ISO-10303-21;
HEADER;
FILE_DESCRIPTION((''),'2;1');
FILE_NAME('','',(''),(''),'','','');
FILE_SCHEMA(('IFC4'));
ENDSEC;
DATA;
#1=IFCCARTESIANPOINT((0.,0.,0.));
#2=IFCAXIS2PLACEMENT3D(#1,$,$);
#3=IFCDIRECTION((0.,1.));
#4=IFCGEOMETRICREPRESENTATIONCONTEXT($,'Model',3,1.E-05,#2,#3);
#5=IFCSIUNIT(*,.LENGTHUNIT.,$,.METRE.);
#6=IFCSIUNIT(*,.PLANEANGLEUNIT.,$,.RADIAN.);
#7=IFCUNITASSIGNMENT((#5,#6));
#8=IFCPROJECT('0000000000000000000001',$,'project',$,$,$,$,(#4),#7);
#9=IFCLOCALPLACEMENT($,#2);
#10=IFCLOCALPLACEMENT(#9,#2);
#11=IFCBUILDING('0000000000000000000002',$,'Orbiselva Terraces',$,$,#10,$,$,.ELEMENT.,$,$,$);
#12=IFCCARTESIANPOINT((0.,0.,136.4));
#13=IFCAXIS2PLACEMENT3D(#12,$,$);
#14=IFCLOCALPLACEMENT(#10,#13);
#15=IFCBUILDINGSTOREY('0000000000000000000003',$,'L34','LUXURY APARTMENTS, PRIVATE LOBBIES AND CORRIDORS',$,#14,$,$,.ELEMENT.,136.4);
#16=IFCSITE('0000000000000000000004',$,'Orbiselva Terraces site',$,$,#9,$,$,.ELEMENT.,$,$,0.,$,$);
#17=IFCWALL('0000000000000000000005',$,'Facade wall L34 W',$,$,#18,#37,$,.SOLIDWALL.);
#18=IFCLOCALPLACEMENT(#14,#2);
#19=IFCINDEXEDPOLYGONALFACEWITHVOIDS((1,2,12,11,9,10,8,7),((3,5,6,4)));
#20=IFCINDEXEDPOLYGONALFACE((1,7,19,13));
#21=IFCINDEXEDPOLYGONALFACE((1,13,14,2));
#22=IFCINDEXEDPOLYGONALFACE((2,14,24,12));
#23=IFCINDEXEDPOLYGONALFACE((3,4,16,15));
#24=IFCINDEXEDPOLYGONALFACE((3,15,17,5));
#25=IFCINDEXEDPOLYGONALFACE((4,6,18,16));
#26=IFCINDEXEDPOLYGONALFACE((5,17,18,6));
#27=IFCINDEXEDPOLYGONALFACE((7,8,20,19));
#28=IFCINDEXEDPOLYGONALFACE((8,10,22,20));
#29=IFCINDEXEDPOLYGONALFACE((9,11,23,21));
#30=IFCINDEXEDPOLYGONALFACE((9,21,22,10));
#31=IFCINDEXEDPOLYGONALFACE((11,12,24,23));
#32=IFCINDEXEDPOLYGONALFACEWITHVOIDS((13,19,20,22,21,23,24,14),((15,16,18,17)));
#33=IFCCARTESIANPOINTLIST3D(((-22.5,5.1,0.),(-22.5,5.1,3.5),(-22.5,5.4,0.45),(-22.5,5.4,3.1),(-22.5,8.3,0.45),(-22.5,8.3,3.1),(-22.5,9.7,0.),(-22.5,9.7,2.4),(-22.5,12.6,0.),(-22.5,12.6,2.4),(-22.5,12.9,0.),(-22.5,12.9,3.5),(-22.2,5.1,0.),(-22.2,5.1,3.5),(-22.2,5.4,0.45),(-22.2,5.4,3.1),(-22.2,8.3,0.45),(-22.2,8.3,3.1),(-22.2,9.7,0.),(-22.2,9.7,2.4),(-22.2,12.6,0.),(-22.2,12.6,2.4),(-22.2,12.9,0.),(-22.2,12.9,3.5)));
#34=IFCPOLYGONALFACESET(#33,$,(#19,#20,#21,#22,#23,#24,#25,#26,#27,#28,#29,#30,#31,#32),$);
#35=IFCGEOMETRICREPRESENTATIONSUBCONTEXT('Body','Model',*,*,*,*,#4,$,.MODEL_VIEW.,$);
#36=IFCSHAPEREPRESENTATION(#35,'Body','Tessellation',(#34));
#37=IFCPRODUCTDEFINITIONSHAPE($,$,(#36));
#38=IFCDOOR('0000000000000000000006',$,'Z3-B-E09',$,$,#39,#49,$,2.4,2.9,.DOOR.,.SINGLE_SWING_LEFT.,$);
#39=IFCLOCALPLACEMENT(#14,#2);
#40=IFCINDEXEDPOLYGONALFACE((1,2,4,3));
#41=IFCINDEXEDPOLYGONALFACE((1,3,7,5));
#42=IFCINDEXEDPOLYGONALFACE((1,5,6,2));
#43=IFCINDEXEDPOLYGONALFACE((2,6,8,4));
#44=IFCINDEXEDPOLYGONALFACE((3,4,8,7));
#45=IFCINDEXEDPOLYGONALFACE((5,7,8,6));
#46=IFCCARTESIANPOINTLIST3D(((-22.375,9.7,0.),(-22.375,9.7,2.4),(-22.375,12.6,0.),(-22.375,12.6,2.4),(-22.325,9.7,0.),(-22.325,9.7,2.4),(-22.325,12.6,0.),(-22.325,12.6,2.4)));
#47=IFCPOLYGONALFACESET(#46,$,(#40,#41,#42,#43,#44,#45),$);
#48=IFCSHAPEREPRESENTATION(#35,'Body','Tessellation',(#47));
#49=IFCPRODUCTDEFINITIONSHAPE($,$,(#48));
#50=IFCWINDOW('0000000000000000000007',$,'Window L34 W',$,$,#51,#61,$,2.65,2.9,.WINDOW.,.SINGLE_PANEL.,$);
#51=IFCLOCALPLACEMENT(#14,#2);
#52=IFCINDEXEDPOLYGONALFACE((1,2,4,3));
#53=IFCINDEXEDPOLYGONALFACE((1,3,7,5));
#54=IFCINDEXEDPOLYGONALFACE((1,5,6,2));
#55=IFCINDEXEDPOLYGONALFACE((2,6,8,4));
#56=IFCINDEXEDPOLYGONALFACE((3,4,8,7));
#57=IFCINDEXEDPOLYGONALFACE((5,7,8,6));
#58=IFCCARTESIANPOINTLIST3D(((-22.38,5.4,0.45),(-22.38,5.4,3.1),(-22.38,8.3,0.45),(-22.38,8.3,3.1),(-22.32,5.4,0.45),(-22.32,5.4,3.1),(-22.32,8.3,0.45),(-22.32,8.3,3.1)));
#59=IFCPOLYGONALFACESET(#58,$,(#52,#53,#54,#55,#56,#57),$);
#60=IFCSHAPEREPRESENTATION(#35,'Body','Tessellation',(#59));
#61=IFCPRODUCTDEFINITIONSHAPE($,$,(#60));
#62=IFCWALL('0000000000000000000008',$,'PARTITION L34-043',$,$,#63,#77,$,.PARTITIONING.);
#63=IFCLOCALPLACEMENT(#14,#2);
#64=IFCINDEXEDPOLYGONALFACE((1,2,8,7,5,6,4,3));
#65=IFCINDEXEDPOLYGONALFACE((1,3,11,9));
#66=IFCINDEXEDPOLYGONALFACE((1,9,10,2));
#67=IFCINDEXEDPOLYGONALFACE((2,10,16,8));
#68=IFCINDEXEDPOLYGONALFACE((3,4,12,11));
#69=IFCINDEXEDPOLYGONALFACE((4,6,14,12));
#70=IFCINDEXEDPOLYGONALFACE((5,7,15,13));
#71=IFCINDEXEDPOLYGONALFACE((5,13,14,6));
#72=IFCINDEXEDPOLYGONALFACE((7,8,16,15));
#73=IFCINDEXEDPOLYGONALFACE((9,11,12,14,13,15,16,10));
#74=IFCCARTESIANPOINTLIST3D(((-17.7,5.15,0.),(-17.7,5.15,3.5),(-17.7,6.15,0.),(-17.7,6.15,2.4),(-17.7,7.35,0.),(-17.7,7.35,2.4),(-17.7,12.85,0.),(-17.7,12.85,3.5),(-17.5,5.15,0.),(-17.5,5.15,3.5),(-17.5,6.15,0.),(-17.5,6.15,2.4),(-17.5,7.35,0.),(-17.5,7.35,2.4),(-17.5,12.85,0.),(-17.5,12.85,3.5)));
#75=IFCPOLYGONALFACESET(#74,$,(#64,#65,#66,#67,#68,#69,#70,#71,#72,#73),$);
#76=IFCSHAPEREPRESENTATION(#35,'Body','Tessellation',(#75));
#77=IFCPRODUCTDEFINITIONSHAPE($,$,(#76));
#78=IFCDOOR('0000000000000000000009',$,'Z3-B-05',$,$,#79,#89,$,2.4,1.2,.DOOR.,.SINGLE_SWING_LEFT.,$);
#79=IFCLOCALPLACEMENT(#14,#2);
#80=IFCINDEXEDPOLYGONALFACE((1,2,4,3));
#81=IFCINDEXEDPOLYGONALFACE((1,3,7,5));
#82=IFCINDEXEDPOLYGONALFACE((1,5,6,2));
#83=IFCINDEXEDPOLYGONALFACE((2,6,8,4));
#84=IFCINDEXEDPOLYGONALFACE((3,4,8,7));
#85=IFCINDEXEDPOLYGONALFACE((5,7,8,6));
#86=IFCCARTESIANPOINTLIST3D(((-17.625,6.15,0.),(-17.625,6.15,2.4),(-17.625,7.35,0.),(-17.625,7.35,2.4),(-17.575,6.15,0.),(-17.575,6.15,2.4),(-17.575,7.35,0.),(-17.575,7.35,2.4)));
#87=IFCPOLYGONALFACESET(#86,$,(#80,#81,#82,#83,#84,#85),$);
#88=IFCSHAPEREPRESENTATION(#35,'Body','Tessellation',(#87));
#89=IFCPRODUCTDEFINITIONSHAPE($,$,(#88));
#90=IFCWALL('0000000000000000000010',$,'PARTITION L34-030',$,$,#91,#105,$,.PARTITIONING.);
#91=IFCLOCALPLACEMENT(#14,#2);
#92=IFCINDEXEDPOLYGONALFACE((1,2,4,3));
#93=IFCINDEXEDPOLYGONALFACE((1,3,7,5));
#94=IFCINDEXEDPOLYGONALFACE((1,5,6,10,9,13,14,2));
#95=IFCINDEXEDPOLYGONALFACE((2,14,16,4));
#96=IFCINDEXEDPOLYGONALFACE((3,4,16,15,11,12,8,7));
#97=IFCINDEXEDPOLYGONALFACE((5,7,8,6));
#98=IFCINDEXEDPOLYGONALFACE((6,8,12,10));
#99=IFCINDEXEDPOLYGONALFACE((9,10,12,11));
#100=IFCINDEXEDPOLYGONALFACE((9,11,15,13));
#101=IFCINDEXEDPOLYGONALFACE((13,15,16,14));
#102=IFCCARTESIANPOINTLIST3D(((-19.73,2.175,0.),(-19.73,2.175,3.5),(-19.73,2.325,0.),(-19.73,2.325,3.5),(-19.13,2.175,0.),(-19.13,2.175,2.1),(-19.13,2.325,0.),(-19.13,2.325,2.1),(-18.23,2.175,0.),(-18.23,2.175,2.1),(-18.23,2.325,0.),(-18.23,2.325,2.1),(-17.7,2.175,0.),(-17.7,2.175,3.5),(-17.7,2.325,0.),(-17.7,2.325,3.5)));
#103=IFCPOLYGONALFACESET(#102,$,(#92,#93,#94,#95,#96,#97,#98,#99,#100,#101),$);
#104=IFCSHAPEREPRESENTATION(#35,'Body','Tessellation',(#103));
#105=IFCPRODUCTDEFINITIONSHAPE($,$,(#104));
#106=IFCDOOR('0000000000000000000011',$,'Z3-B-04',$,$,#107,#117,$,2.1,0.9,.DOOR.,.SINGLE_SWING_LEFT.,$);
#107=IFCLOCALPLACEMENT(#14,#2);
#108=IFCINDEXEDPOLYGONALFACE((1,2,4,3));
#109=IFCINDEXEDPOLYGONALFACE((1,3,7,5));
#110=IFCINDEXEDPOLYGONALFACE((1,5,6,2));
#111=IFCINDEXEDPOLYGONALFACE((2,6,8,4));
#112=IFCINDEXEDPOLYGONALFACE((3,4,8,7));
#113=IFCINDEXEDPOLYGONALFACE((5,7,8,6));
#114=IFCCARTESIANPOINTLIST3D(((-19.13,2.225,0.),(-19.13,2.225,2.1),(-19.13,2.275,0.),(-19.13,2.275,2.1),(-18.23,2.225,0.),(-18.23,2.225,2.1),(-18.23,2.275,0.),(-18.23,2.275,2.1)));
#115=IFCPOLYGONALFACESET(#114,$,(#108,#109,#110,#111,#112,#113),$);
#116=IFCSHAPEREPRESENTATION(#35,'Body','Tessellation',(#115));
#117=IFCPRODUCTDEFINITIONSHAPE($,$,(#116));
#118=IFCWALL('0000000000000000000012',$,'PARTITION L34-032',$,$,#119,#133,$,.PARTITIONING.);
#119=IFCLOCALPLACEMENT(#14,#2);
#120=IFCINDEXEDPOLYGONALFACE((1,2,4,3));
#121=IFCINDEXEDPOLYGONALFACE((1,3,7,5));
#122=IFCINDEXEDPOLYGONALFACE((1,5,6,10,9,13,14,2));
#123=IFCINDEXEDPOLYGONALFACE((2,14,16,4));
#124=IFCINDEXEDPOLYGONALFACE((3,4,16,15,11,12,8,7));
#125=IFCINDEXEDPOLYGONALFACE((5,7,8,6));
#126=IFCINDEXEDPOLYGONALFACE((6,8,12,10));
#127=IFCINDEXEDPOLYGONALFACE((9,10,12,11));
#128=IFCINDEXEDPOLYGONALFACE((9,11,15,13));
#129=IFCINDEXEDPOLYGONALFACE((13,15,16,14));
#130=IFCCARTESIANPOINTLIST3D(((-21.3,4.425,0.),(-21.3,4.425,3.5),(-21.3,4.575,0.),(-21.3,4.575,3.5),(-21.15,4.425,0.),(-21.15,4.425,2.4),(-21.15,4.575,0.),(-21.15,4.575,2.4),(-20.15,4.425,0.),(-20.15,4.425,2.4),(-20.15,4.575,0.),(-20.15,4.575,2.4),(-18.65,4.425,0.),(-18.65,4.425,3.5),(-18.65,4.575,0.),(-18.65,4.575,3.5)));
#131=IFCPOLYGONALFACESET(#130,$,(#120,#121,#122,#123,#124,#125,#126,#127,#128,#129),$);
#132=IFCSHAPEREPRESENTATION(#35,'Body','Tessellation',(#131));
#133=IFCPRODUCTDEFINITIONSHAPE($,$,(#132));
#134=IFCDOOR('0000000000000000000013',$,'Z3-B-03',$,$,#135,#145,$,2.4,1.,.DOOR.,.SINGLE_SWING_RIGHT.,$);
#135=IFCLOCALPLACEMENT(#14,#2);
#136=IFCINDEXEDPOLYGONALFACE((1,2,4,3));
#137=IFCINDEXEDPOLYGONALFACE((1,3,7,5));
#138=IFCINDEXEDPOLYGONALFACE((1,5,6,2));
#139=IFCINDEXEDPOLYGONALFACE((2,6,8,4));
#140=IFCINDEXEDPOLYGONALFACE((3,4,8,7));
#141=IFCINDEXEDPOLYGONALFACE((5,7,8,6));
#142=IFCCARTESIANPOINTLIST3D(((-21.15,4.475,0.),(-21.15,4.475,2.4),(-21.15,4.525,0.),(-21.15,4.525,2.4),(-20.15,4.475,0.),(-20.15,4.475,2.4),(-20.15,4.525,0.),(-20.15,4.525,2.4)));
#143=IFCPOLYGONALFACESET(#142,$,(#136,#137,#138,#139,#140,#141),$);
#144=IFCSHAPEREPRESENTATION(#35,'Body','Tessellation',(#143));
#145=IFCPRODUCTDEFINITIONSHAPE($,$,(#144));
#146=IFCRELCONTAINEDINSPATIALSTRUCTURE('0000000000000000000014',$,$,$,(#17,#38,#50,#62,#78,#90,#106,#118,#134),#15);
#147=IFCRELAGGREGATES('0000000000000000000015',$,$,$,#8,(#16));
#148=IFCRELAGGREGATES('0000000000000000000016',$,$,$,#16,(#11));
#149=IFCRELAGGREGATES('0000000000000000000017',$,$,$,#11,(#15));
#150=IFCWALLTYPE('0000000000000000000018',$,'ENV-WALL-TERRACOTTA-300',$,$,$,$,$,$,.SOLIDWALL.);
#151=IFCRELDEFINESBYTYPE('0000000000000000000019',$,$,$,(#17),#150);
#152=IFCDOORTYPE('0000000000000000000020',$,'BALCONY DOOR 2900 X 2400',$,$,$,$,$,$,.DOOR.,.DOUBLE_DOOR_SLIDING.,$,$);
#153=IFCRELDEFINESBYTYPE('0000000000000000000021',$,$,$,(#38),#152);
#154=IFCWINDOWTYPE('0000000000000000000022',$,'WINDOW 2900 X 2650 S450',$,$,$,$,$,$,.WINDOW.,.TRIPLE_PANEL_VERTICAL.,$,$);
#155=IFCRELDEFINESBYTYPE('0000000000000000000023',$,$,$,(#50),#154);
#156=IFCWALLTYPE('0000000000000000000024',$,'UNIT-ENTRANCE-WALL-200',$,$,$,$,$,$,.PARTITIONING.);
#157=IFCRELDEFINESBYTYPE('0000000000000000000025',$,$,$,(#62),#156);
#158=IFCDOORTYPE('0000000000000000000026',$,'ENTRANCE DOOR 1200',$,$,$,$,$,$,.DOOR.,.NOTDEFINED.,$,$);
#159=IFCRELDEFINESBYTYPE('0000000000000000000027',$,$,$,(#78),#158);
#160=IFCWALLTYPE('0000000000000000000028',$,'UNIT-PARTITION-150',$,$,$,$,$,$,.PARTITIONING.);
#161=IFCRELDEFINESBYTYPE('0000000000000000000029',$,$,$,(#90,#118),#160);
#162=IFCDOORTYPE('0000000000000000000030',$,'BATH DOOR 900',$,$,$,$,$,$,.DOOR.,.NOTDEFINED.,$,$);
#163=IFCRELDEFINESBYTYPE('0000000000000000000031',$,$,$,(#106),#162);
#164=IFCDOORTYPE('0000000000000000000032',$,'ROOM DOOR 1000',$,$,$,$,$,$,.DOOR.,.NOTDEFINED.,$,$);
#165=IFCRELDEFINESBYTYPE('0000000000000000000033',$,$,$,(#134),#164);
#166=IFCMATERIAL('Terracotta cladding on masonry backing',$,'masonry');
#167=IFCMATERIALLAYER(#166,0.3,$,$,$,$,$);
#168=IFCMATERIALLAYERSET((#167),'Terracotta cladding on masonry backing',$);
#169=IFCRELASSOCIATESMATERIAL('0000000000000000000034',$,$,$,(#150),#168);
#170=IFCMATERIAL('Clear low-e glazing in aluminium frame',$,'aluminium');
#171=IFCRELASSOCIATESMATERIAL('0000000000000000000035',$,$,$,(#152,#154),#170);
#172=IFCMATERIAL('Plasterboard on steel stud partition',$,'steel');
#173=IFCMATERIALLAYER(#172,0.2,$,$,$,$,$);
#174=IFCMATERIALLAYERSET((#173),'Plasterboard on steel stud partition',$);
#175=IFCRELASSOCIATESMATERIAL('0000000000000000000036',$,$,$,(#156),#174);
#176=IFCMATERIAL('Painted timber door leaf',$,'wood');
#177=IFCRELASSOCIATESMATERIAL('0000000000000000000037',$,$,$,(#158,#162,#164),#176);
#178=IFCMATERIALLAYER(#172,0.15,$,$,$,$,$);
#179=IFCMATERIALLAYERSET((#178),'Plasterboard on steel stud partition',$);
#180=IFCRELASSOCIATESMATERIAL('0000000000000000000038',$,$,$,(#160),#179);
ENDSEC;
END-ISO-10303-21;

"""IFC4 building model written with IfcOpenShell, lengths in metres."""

from ifc_helpers import new_model, si_unit, direction, frame, frame_2d, origin, place, context, subcontext, project, spatial, rectangle, extrude, material, layer, layer_set, type_object, element, fill, save


model = new_model("IFC4")

# Units and contexts
model_context = context("Model", 3, precision=1e-05, world=origin(), true_north=direction((0.0, 1.0)))
body_context = subcontext(model_context, "Body", "Model", "MODEL_VIEW")
ifc_project = project(units=[si_unit("LENGTHUNIT", "METRE"), si_unit("PLANEANGLEUNIT", "RADIAN")], contexts=[model_context])

# Site, building, storey
site_placement = place(None, origin())
site = spatial("IfcSite", under=ifc_project, at=site_placement, Name="Orbiselva Terraces site", CompositionType="ELEMENT", RefElevation=0.0)
building_placement = place(site_placement, origin())
building = spatial("IfcBuilding", under=site, at=building_placement, Name="Orbiselva Terraces", CompositionType="ELEMENT")
storey_placement = place(building_placement, frame((0.0, 0.0, 136.4)))
storey = spatial("IfcBuildingStorey", under=building, at=storey_placement, Name="L34", Description="LUXURY APARTMENTS, PRIVATE LOBBIES AND CORRIDORS", CompositionType="ELEMENT", Elevation=136.4)

# Wall, openings, door, window
ifc_material_1 = material(Name="Terracotta cladding on masonry backing", Category="masonry")
ifc_layer_1 = layer(ifc_material_1, 0.3)
ifc_layer_set_1 = layer_set([ifc_layer_1], Name="Terracotta cladding on masonry backing")
wall_type_1 = type_object("IfcWallType", Name="ENV-WALL-TERRACOTTA-300", PredefinedType="SOLIDWALL", material=ifc_layer_set_1)
wall_1_placement = place(storey_placement, frame((-22.35, 5.1, 0.0), z_axis=(0.0, 0.0, 1.0), x_axis=(0.0, 1.0, 0.0)))
wall_1 = element("IfcWall", 1, at=wall_1_placement, inside=storey, type_object=wall_type_1, Name="Facade wall L34 W", PredefinedType="SOLIDWALL", context=body_context, shape_type="SweptSolid", body=[
    extrude(rectangle(XDim=7.8, YDim=0.3, at=frame_2d((3.9, 0.0))), origin(), (0.0, 0.0, 1.0), 3.5),
])
opening_1_placement = place(wall_1_placement, frame((4.6, 0.0, 0.0)))
opening_1 = element("IfcOpeningElement", 2, at=opening_1_placement, cuts=wall_1, PredefinedType="OPENING", context=body_context, shape_type="SweptSolid", body=[
    extrude(rectangle(XDim=2.9, YDim=2.4, at=frame_2d((1.45, 1.2))), frame((0.0, 0.16, 0.0), z_axis=(0.0, -1.0, 0.0), x_axis=(1.0, 0.0, 0.0)), (0.0, 0.0, 1.0), 0.32),
])
opening_2_placement = place(wall_1_placement, frame((0.3, 0.0, 0.45)))
opening_2 = element("IfcOpeningElement", 3, at=opening_2_placement, cuts=wall_1, PredefinedType="OPENING", context=body_context, shape_type="SweptSolid", body=[
    extrude(rectangle(XDim=2.9, YDim=2.65, at=frame_2d((1.45, 1.325))), frame((0.0, 0.16, 0.0), z_axis=(0.0, -1.0, 0.0), x_axis=(1.0, 0.0, 0.0)), (0.0, 0.0, 1.0), 0.32),
])
ifc_material_2 = material(Name="Clear low-e glazing in aluminium frame", Category="aluminium")
door_type_1 = type_object("IfcDoorType", Name="BALCONY DOOR 2900 X 2400", OperationType="DOUBLE_DOOR_SLIDING", PredefinedType="DOOR", material=ifc_material_2)
door_1_placement = place(opening_1_placement, origin())
door_1 = element("IfcDoor", 4, at=door_1_placement, inside=storey, type_object=door_type_1, Name="Z3-B-E09", OperationType="SINGLE_SWING_LEFT", OverallHeight=2.4, OverallWidth=2.9, PredefinedType="DOOR", context=body_context, shape_type="SweptSolid", body=[
    extrude(rectangle(XDim=2.9, YDim=2.4, at=frame_2d((1.45, 1.2))), frame((0.0, 0.025, 0.0), z_axis=(0.0, -1.0, 0.0), x_axis=(1.0, 0.0, 0.0)), (0.0, 0.0, 1.0), 0.05),
])
fill(opening_1, door_1)
window_type = type_object("IfcWindowType", Name="WINDOW 2900 X 2650 S450", PartitioningType="TRIPLE_PANEL_VERTICAL", PredefinedType="WINDOW", material=ifc_material_2)
window_placement = place(opening_2_placement, origin())
window = element("IfcWindow", 5, at=window_placement, inside=storey, type_object=window_type, Name="Window L34 W", OverallHeight=2.65, OverallWidth=2.9, PartitioningType="SINGLE_PANEL", PredefinedType="WINDOW", context=body_context, shape_type="SweptSolid", body=[
    extrude(rectangle(XDim=2.9, YDim=2.65, at=frame_2d((1.45, 1.325))), frame((0.0, 0.03, 0.0), z_axis=(0.0, -1.0, 0.0), x_axis=(1.0, 0.0, 0.0)), (0.0, 0.0, 1.0), 0.06),
])
fill(opening_2, window)

# Walls, openings, doors
ifc_material_3 = material(Name="Plasterboard on steel stud partition", Category="steel")
ifc_layer_2 = layer(ifc_material_3, 0.2)
ifc_layer_set_2 = layer_set([ifc_layer_2], Name="Plasterboard on steel stud partition")
wall_type_2 = type_object("IfcWallType", Name="UNIT-ENTRANCE-WALL-200", PredefinedType="PARTITIONING", material=ifc_layer_set_2)
wall_2_placement = place(storey_placement, frame((-17.6, 5.15, 0.0), z_axis=(0.0, 0.0, 1.0), x_axis=(0.0, 1.0, 0.0)))
wall_2 = element("IfcWall", 6, at=wall_2_placement, inside=storey, type_object=wall_type_2, Name="PARTITION L34-043", PredefinedType="PARTITIONING", context=body_context, shape_type="SweptSolid", body=[
    extrude(rectangle(XDim=7.7, YDim=0.2, at=frame_2d((3.85, 0.0))), origin(), (0.0, 0.0, 1.0), 3.5),
])
opening_3_placement = place(wall_2_placement, frame((1.0, 0.0, 0.0)))
opening_3 = element("IfcOpeningElement", 7, at=opening_3_placement, cuts=wall_2, PredefinedType="OPENING", context=body_context, shape_type="SweptSolid", body=[
    extrude(rectangle(XDim=1.2, YDim=2.4, at=frame_2d((0.6, 1.2))), frame((0.0, 0.11, 0.0), z_axis=(0.0, -1.0, 0.0), x_axis=(1.0, 0.0, 0.0)), (0.0, 0.0, 1.0), 0.22),
])
ifc_material_4 = material(Name="Painted timber door leaf", Category="wood")
door_type_2 = type_object("IfcDoorType", Name="ENTRANCE DOOR 1200", OperationType="NOTDEFINED", PredefinedType="DOOR", material=ifc_material_4)
door_2_placement = place(opening_3_placement, origin())
door_2 = element("IfcDoor", 8, at=door_2_placement, inside=storey, type_object=door_type_2, Name="Z3-B-05", OperationType="SINGLE_SWING_LEFT", OverallHeight=2.4, OverallWidth=1.2, PredefinedType="DOOR", context=body_context, shape_type="SweptSolid", body=[
    extrude(rectangle(XDim=1.2, YDim=2.4, at=frame_2d((0.6, 1.2))), frame((0.0, 0.025, 0.0), z_axis=(0.0, -1.0, 0.0), x_axis=(1.0, 0.0, 0.0)), (0.0, 0.0, 1.0), 0.05),
])
fill(opening_3, door_2)
ifc_layer_3 = layer(ifc_material_3, 0.15)
ifc_layer_set_3 = layer_set([ifc_layer_3], Name="Plasterboard on steel stud partition")
wall_type_3 = type_object("IfcWallType", Name="UNIT-PARTITION-150", PredefinedType="PARTITIONING", material=ifc_layer_set_3)
wall_3_placement = place(storey_placement, frame((-17.7, 2.25, 0.0), z_axis=(0.0, 0.0, 1.0), x_axis=(-1.0, 0.0, 0.0)))
wall_3 = element("IfcWall", 9, at=wall_3_placement, inside=storey, type_object=wall_type_3, Name="PARTITION L34-030", PredefinedType="PARTITIONING", context=body_context, shape_type="SweptSolid", body=[
    extrude(rectangle(XDim=2.03, YDim=0.15, at=frame_2d((1.015, 0.0))), origin(), (0.0, 0.0, 1.0), 3.5),
])
opening_4_placement = place(wall_3_placement, frame((0.53, 0.0, 0.0)))
opening_4 = element("IfcOpeningElement", 10, at=opening_4_placement, cuts=wall_3, PredefinedType="OPENING", context=body_context, shape_type="SweptSolid", body=[
    extrude(rectangle(XDim=0.9, YDim=2.1, at=frame_2d((0.45, 1.05))), frame((0.0, 0.085, 0.0), z_axis=(0.0, -1.0, 0.0), x_axis=(1.0, 0.0, 0.0)), (0.0, 0.0, 1.0), 0.17),
])
door_type_3 = type_object("IfcDoorType", Name="BATH DOOR 900", OperationType="NOTDEFINED", PredefinedType="DOOR", material=ifc_material_4)
door_3_placement = place(opening_4_placement, origin())
door_3 = element("IfcDoor", 11, at=door_3_placement, inside=storey, type_object=door_type_3, Name="Z3-B-04", OperationType="SINGLE_SWING_LEFT", OverallHeight=2.1, OverallWidth=0.9, PredefinedType="DOOR", context=body_context, shape_type="SweptSolid", body=[
    extrude(rectangle(XDim=0.9, YDim=2.1, at=frame_2d((0.45, 1.05))), frame((0.0, 0.025, 0.0), z_axis=(0.0, -1.0, 0.0), x_axis=(1.0, 0.0, 0.0)), (0.0, 0.0, 1.0), 0.05),
])
fill(opening_4, door_3)
wall_4_placement = place(storey_placement, frame((-18.65, 4.5, 0.0), z_axis=(0.0, 0.0, 1.0), x_axis=(-1.0, 0.0, 0.0)))
wall_4 = element("IfcWall", 12, at=wall_4_placement, inside=storey, type_object=wall_type_3, Name="PARTITION L34-032", PredefinedType="PARTITIONING", context=body_context, shape_type="SweptSolid", body=[
    extrude(rectangle(XDim=2.65, YDim=0.15, at=frame_2d((1.325, 0.0))), origin(), (0.0, 0.0, 1.0), 3.5),
])
opening_5_placement = place(wall_4_placement, frame((1.5, 0.0, 0.0)))
opening_5 = element("IfcOpeningElement", 13, at=opening_5_placement, cuts=wall_4, PredefinedType="OPENING", context=body_context, shape_type="SweptSolid", body=[
    extrude(rectangle(XDim=1.0, YDim=2.4, at=frame_2d((0.5, 1.2))), frame((0.0, 0.085, 0.0), z_axis=(0.0, -1.0, 0.0), x_axis=(1.0, 0.0, 0.0)), (0.0, 0.0, 1.0), 0.17),
])
door_type_4 = type_object("IfcDoorType", Name="ROOM DOOR 1000", OperationType="NOTDEFINED", PredefinedType="DOOR", material=ifc_material_4)
door_4_placement = place(opening_5_placement, origin())
door_4 = element("IfcDoor", 14, at=door_4_placement, inside=storey, type_object=door_type_4, Name="Z3-B-03", OperationType="SINGLE_SWING_RIGHT", OverallHeight=2.4, OverallWidth=1.0, PredefinedType="DOOR", context=body_context, shape_type="SweptSolid", body=[
    extrude(rectangle(XDim=1.0, YDim=2.4, at=frame_2d((0.5, 1.2))), frame((0.0, 0.025, 0.0), z_axis=(0.0, -1.0, 0.0), x_axis=(1.0, 0.0, 0.0)), (0.0, 0.0, 1.0), 0.05),
])
fill(opening_5, door_4)

save(model, "model.ifc")
